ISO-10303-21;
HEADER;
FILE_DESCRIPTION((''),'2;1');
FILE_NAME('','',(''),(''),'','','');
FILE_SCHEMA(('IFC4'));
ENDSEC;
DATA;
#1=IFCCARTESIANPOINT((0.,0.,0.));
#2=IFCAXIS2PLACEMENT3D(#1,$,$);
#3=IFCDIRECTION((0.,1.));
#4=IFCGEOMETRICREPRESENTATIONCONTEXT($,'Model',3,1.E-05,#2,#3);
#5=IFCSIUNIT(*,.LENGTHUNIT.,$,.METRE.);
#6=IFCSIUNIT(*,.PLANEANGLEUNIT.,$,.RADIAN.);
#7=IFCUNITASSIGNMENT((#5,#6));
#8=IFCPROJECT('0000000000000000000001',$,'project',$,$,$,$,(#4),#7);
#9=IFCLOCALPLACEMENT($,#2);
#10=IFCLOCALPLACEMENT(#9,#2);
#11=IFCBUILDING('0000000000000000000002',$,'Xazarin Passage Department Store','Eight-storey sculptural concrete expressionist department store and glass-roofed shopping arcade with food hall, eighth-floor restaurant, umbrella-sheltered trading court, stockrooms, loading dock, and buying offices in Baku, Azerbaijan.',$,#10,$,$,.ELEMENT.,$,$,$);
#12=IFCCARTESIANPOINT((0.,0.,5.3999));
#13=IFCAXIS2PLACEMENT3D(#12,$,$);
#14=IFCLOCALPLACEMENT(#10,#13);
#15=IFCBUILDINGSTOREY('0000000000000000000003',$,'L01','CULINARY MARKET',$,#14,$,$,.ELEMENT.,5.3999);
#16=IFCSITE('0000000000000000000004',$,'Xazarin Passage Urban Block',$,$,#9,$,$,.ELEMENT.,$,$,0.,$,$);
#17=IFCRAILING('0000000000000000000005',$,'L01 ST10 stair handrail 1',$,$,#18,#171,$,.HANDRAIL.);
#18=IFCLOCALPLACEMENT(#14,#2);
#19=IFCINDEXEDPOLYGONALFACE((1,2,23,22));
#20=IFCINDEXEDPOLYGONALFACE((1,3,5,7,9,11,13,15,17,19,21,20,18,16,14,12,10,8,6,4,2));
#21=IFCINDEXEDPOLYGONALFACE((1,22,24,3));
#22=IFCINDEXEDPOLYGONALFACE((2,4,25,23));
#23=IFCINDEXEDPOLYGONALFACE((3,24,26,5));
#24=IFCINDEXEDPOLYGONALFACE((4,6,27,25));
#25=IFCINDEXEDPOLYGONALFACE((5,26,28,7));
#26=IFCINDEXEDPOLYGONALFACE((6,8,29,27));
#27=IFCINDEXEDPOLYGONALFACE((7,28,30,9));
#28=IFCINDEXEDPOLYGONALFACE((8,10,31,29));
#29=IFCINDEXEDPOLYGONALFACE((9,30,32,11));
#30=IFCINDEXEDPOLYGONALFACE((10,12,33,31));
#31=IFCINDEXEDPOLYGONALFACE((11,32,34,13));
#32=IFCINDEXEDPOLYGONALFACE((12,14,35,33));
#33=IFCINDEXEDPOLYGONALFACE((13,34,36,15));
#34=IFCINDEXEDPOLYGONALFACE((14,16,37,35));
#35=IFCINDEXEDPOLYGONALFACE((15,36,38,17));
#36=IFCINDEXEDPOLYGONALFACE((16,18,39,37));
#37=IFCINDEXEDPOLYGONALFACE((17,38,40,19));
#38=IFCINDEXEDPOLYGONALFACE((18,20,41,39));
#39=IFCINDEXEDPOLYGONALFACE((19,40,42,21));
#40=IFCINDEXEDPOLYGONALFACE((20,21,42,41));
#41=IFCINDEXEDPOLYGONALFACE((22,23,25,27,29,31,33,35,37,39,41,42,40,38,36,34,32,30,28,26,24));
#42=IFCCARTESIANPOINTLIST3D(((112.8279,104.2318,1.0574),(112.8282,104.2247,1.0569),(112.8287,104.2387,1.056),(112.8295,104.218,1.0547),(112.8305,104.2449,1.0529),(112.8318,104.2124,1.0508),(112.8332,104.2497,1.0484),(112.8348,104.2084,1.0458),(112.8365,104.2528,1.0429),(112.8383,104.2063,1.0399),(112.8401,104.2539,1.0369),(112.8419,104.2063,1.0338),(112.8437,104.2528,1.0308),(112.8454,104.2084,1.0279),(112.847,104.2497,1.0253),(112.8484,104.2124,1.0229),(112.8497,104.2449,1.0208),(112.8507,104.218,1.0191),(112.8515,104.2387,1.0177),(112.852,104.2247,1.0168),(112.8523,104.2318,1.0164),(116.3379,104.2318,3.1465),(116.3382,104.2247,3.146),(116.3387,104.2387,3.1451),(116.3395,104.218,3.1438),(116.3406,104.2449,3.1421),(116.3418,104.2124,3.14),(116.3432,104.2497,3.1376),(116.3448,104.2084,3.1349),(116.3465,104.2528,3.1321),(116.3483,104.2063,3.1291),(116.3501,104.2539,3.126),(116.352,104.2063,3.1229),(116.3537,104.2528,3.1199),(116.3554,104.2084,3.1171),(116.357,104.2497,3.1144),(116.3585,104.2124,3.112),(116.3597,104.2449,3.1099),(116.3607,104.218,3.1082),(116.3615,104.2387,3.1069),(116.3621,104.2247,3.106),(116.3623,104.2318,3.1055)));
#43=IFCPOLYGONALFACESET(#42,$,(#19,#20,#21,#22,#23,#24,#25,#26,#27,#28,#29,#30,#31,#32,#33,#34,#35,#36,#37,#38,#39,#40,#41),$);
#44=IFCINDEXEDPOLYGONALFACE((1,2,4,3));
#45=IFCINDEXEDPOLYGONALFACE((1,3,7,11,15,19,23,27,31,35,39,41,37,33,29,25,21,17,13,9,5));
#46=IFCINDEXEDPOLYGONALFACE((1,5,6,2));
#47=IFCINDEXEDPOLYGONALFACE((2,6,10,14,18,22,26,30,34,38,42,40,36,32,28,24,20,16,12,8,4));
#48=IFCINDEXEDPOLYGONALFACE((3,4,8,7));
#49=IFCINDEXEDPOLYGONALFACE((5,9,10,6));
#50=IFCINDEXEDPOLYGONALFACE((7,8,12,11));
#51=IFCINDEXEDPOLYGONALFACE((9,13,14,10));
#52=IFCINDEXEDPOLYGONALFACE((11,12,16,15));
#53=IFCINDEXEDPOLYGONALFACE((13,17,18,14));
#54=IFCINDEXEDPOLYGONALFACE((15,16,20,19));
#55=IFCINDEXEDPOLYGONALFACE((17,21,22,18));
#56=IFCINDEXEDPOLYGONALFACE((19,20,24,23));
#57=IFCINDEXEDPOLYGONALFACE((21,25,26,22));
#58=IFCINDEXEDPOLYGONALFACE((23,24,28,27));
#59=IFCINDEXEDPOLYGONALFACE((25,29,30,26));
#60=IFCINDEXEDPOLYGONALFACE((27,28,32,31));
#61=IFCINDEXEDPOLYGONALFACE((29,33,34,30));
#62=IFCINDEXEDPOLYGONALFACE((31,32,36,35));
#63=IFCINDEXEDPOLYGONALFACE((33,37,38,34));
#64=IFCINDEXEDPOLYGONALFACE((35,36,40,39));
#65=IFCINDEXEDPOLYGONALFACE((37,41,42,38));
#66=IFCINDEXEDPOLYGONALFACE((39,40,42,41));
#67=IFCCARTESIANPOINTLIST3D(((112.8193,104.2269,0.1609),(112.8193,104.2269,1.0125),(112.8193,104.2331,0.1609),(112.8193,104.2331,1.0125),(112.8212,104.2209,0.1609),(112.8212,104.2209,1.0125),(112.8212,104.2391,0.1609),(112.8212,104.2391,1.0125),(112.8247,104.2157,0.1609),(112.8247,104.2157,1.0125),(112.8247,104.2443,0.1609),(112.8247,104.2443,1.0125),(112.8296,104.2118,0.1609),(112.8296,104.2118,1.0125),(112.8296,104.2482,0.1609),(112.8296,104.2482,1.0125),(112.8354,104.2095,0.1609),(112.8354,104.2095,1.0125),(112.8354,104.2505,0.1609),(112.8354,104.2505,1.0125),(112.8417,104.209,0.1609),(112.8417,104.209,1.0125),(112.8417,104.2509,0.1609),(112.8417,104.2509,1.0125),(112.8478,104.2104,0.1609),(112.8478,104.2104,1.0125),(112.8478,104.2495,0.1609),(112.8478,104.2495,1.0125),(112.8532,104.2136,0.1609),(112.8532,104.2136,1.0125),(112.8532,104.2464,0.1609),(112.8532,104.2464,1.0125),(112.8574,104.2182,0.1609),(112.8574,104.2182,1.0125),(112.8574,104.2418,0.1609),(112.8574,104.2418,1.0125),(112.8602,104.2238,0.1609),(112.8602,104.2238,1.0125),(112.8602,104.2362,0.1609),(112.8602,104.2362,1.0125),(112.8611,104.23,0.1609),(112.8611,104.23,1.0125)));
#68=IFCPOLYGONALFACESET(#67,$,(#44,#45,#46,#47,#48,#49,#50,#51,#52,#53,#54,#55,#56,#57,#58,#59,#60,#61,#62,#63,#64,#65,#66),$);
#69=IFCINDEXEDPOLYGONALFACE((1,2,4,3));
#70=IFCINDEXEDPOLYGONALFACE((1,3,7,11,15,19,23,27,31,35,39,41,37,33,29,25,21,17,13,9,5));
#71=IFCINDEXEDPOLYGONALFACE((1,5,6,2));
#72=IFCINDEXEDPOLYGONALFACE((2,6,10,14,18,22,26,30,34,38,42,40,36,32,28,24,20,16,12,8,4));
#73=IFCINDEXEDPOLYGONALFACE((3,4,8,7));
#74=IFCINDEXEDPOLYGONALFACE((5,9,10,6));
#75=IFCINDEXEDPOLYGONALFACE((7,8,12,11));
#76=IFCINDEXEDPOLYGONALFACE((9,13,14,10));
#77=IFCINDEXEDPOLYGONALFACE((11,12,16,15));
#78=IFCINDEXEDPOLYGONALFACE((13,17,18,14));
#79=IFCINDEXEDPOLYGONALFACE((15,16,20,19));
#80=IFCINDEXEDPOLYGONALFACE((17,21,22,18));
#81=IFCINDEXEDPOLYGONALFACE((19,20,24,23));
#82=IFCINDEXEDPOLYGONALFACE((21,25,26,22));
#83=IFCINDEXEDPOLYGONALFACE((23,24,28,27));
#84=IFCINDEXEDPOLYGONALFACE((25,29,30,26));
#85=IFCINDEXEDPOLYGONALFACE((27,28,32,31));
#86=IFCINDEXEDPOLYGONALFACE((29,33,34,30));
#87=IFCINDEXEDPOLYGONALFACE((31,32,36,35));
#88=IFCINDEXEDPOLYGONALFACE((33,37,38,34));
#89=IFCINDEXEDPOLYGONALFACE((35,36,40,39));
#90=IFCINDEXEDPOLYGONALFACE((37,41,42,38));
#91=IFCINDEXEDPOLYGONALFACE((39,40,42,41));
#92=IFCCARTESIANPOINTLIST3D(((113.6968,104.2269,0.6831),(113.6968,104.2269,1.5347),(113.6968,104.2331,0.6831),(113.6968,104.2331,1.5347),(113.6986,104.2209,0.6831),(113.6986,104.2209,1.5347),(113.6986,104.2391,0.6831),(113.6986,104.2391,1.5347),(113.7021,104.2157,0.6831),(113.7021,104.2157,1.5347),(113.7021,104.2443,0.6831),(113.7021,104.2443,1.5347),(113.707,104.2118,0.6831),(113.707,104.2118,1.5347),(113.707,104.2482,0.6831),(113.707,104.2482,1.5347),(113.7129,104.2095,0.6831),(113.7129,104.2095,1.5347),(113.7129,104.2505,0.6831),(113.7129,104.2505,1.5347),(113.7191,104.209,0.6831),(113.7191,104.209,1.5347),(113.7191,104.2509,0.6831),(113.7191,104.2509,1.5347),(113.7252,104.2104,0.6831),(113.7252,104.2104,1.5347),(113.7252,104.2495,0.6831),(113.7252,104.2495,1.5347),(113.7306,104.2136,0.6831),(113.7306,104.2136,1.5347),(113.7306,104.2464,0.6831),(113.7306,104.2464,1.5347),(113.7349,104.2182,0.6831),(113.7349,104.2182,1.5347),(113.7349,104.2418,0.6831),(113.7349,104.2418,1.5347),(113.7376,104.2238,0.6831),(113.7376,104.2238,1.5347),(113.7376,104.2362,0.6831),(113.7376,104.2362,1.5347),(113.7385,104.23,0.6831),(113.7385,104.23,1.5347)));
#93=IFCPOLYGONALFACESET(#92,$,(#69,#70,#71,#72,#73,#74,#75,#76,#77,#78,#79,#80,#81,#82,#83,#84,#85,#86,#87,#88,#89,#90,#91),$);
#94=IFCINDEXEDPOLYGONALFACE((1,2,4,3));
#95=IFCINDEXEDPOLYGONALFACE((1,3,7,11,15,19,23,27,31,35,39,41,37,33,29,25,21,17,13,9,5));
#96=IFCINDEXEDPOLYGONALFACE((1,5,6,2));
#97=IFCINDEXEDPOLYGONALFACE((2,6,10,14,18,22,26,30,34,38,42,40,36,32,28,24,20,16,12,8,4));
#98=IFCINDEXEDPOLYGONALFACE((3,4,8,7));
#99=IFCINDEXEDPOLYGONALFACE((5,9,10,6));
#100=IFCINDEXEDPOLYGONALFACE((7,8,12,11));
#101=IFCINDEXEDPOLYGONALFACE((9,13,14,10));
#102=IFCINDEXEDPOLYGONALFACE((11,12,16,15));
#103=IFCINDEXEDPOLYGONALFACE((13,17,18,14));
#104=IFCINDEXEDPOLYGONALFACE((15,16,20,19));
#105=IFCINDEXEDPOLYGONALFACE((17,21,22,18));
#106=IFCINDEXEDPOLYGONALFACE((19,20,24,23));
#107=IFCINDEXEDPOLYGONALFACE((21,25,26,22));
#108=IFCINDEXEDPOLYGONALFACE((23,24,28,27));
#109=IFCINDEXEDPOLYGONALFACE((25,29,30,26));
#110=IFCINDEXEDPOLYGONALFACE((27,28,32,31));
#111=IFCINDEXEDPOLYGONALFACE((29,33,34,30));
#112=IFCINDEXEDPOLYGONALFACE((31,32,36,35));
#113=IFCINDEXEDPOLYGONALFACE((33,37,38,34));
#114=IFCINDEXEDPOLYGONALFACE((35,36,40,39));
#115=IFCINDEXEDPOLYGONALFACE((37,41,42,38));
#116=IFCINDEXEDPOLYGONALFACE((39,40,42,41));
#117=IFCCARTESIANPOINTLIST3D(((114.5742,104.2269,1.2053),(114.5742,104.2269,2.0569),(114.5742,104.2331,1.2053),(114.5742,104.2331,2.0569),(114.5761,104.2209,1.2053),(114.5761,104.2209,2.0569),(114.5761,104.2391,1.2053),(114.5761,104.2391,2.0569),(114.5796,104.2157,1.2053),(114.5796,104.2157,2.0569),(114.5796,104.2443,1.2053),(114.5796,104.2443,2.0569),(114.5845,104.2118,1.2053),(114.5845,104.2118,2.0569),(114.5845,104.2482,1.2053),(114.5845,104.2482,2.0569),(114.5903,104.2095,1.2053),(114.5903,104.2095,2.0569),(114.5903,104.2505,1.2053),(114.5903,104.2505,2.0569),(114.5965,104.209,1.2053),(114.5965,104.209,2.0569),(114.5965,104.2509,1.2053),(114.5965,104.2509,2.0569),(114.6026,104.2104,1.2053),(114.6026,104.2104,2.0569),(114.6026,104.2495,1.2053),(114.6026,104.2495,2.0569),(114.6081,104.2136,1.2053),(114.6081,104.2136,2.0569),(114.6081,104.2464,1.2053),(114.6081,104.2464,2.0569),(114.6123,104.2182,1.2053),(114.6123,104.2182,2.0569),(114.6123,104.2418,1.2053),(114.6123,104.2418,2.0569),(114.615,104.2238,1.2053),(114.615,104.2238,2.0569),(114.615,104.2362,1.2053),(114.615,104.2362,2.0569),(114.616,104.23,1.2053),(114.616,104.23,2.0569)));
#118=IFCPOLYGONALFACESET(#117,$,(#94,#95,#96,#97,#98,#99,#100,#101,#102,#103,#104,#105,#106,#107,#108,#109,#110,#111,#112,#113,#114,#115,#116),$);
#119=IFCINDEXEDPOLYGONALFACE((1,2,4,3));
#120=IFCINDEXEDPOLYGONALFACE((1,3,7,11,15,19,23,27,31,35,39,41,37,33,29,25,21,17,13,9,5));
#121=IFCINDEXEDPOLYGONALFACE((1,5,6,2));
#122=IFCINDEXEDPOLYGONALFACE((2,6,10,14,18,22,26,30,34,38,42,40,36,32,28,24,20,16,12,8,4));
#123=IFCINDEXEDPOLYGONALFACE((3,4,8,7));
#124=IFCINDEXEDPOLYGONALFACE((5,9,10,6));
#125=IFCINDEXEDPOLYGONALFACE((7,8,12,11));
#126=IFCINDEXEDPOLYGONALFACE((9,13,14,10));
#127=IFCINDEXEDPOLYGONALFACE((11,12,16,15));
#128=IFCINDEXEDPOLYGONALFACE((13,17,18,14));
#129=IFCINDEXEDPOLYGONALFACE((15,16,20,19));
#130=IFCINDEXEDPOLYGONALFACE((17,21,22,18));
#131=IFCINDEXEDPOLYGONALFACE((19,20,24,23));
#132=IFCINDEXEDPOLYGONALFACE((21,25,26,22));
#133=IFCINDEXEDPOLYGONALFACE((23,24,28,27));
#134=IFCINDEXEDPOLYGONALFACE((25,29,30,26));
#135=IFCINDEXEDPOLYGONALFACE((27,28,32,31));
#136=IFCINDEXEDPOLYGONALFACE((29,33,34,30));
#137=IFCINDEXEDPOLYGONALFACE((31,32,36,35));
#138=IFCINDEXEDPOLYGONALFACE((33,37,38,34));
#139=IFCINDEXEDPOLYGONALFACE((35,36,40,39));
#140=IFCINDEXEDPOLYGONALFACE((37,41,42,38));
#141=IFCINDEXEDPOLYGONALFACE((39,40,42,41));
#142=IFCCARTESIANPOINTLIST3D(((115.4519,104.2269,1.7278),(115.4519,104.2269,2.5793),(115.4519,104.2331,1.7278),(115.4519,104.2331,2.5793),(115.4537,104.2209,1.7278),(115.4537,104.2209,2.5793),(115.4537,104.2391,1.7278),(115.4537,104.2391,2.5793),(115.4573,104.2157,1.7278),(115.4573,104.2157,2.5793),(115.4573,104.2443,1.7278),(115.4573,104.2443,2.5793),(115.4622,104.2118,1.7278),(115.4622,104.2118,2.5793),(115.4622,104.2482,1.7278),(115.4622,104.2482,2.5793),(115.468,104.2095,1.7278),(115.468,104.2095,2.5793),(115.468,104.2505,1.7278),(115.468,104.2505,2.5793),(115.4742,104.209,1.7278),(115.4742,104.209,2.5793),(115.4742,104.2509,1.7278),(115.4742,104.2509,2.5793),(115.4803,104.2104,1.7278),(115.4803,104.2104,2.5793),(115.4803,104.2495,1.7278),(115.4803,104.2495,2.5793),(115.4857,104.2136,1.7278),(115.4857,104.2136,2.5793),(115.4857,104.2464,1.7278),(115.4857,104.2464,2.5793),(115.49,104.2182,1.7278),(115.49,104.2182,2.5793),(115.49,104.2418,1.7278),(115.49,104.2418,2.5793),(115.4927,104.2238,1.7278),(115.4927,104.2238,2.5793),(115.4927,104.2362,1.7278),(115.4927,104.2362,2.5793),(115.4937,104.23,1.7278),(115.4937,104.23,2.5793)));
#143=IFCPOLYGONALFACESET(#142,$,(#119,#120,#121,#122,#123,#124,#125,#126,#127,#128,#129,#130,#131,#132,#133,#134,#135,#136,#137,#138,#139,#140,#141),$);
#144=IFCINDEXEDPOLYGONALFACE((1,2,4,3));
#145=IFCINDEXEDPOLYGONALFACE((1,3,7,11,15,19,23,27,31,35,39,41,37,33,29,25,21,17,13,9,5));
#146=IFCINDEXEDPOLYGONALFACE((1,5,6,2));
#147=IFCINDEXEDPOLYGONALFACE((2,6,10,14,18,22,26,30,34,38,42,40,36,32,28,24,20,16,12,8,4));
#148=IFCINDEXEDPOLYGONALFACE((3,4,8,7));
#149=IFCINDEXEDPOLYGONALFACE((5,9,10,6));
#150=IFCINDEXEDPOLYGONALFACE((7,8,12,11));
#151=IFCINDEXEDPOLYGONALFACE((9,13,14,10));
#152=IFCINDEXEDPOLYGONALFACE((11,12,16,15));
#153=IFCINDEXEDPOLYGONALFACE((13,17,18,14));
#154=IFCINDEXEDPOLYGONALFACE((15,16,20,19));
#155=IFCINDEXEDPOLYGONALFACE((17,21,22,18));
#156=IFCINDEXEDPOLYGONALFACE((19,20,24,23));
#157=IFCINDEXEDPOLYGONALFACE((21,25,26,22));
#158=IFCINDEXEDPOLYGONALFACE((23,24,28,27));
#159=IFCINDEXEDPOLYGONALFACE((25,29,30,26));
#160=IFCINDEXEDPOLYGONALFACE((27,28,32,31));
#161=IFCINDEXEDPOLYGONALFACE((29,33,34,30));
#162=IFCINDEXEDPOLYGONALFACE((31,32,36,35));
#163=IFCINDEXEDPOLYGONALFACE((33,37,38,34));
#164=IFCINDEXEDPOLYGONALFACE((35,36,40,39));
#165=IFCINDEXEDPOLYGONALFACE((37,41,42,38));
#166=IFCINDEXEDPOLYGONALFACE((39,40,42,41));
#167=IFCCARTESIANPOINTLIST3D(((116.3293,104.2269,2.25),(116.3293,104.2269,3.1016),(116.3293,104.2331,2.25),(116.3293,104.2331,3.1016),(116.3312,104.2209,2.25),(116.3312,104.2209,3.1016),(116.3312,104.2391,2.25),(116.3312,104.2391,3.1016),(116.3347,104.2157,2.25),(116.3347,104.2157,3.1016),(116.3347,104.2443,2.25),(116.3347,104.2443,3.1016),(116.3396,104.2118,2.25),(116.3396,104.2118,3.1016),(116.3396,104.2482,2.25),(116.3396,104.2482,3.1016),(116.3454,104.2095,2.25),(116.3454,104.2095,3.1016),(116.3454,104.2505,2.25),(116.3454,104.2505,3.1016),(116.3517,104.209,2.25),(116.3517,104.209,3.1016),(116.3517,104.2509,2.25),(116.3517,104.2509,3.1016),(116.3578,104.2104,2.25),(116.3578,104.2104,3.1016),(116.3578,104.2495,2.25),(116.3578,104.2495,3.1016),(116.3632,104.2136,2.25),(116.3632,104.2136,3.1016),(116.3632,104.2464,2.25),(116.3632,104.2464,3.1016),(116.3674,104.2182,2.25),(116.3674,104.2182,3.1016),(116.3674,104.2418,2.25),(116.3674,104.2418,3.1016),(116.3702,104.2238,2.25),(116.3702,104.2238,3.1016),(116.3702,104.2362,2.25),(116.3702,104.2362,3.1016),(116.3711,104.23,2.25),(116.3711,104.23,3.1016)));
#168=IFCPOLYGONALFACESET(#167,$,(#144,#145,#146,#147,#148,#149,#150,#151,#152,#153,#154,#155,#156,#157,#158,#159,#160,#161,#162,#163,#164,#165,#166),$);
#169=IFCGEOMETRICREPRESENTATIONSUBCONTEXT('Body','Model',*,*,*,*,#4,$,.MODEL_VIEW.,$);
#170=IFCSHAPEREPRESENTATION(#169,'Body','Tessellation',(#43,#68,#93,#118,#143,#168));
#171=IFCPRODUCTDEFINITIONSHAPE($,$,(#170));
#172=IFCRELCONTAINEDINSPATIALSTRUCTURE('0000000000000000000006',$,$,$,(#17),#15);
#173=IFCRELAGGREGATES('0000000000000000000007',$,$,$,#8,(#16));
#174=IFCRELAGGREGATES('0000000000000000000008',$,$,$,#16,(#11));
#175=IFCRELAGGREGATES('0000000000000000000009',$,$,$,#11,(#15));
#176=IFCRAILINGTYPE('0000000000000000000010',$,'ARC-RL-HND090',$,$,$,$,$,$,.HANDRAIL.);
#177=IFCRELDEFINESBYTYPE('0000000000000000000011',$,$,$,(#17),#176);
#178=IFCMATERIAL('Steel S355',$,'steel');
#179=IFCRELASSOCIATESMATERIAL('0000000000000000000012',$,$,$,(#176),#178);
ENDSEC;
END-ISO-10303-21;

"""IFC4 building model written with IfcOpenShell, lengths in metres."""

from ifc_helpers import new_model, si_unit, direction, frame, origin, origin_2d, place, context, subcontext, project, spatial, circle, extrude, material, type_object, element, save


model = new_model("IFC4")

# Units and contexts
model_context = context("Model", 3, precision=1e-05, world=origin(), true_north=direction((0.0, 1.0)))
body_context = subcontext(model_context, "Body", "Model", "MODEL_VIEW")
ifc_project = project(units=[si_unit("LENGTHUNIT", "METRE"), si_unit("PLANEANGLEUNIT", "RADIAN")], contexts=[model_context])

# Site, building, storey
site_placement = place(None, origin())
site = spatial("IfcSite", under=ifc_project, at=site_placement, Name="Xazarin Passage Urban Block", CompositionType="ELEMENT", RefElevation=0.0)
building_placement = place(site_placement, origin())
building = spatial("IfcBuilding", under=site, at=building_placement, Name="Xazarin Passage Department Store", Description="Eight-storey sculptural concrete expressionist department store and glass-roofed shopping arcade with food hall, eighth-floor restaurant, umbrella-sheltered trading court, stockrooms, loading dock, and buying offices in Baku, Azerbaijan.", CompositionType="ELEMENT")
storey_placement = place(building_placement, frame((0.0, 0.0, 5.3999)))
storey = spatial("IfcBuildingStorey", under=building, at=storey_placement, Name="L01", Description="CULINARY MARKET", CompositionType="ELEMENT", Elevation=5.3999)

# Shared definitions
ifc_material_1 = material(Name="Steel S355", Category="steel")

# Railing
railing_type_1 = type_object("IfcRailingType", Name="ARC-RL-HND090", PredefinedType="HANDRAIL", material=ifc_material_1)
railing_1_placement = place(storey_placement, frame((112.8401, 104.23, 0.1609)))
element("IfcRailing", 1, at=railing_1_placement, inside=storey, type_object=railing_type_1, Name="L01 ST10 stair handrail 1", PredefinedType="HANDRAIL", context=body_context, shape_type="SweptSolid", body=[
    extrude(circle(Radius=0.0239, at=origin_2d()), frame((0.0, 0.0, 0.876), z_axis=(0.859312, 0.0, 0.511451), x_axis=(0.0, 1.0, 0.0)), (0.0, 0.0, 1.0), 4.0847),
    extrude(circle(Radius=0.021, at=origin_2d()), origin(), (0.0, 0.0, 1.0), 0.8516),
    extrude(circle(Radius=0.021, at=origin_2d()), frame((0.8774, 0.0, 0.5222)), (0.0, 0.0, 1.0), 0.8516),
    extrude(circle(Radius=0.021, at=origin_2d()), frame((1.7549, 0.0, 1.0444)), (0.0, 0.0, 1.0), 0.8516),
    extrude(circle(Radius=0.021, at=origin_2d()), frame((2.6326, 0.0, 1.5669)), (0.0, 0.0, 1.0), 0.8516),
    extrude(circle(Radius=0.021, at=origin_2d()), frame((3.51, 0.0, 2.0891)), (0.0, 0.0, 1.0), 0.8516),
])

save(model, "model.ifc")
